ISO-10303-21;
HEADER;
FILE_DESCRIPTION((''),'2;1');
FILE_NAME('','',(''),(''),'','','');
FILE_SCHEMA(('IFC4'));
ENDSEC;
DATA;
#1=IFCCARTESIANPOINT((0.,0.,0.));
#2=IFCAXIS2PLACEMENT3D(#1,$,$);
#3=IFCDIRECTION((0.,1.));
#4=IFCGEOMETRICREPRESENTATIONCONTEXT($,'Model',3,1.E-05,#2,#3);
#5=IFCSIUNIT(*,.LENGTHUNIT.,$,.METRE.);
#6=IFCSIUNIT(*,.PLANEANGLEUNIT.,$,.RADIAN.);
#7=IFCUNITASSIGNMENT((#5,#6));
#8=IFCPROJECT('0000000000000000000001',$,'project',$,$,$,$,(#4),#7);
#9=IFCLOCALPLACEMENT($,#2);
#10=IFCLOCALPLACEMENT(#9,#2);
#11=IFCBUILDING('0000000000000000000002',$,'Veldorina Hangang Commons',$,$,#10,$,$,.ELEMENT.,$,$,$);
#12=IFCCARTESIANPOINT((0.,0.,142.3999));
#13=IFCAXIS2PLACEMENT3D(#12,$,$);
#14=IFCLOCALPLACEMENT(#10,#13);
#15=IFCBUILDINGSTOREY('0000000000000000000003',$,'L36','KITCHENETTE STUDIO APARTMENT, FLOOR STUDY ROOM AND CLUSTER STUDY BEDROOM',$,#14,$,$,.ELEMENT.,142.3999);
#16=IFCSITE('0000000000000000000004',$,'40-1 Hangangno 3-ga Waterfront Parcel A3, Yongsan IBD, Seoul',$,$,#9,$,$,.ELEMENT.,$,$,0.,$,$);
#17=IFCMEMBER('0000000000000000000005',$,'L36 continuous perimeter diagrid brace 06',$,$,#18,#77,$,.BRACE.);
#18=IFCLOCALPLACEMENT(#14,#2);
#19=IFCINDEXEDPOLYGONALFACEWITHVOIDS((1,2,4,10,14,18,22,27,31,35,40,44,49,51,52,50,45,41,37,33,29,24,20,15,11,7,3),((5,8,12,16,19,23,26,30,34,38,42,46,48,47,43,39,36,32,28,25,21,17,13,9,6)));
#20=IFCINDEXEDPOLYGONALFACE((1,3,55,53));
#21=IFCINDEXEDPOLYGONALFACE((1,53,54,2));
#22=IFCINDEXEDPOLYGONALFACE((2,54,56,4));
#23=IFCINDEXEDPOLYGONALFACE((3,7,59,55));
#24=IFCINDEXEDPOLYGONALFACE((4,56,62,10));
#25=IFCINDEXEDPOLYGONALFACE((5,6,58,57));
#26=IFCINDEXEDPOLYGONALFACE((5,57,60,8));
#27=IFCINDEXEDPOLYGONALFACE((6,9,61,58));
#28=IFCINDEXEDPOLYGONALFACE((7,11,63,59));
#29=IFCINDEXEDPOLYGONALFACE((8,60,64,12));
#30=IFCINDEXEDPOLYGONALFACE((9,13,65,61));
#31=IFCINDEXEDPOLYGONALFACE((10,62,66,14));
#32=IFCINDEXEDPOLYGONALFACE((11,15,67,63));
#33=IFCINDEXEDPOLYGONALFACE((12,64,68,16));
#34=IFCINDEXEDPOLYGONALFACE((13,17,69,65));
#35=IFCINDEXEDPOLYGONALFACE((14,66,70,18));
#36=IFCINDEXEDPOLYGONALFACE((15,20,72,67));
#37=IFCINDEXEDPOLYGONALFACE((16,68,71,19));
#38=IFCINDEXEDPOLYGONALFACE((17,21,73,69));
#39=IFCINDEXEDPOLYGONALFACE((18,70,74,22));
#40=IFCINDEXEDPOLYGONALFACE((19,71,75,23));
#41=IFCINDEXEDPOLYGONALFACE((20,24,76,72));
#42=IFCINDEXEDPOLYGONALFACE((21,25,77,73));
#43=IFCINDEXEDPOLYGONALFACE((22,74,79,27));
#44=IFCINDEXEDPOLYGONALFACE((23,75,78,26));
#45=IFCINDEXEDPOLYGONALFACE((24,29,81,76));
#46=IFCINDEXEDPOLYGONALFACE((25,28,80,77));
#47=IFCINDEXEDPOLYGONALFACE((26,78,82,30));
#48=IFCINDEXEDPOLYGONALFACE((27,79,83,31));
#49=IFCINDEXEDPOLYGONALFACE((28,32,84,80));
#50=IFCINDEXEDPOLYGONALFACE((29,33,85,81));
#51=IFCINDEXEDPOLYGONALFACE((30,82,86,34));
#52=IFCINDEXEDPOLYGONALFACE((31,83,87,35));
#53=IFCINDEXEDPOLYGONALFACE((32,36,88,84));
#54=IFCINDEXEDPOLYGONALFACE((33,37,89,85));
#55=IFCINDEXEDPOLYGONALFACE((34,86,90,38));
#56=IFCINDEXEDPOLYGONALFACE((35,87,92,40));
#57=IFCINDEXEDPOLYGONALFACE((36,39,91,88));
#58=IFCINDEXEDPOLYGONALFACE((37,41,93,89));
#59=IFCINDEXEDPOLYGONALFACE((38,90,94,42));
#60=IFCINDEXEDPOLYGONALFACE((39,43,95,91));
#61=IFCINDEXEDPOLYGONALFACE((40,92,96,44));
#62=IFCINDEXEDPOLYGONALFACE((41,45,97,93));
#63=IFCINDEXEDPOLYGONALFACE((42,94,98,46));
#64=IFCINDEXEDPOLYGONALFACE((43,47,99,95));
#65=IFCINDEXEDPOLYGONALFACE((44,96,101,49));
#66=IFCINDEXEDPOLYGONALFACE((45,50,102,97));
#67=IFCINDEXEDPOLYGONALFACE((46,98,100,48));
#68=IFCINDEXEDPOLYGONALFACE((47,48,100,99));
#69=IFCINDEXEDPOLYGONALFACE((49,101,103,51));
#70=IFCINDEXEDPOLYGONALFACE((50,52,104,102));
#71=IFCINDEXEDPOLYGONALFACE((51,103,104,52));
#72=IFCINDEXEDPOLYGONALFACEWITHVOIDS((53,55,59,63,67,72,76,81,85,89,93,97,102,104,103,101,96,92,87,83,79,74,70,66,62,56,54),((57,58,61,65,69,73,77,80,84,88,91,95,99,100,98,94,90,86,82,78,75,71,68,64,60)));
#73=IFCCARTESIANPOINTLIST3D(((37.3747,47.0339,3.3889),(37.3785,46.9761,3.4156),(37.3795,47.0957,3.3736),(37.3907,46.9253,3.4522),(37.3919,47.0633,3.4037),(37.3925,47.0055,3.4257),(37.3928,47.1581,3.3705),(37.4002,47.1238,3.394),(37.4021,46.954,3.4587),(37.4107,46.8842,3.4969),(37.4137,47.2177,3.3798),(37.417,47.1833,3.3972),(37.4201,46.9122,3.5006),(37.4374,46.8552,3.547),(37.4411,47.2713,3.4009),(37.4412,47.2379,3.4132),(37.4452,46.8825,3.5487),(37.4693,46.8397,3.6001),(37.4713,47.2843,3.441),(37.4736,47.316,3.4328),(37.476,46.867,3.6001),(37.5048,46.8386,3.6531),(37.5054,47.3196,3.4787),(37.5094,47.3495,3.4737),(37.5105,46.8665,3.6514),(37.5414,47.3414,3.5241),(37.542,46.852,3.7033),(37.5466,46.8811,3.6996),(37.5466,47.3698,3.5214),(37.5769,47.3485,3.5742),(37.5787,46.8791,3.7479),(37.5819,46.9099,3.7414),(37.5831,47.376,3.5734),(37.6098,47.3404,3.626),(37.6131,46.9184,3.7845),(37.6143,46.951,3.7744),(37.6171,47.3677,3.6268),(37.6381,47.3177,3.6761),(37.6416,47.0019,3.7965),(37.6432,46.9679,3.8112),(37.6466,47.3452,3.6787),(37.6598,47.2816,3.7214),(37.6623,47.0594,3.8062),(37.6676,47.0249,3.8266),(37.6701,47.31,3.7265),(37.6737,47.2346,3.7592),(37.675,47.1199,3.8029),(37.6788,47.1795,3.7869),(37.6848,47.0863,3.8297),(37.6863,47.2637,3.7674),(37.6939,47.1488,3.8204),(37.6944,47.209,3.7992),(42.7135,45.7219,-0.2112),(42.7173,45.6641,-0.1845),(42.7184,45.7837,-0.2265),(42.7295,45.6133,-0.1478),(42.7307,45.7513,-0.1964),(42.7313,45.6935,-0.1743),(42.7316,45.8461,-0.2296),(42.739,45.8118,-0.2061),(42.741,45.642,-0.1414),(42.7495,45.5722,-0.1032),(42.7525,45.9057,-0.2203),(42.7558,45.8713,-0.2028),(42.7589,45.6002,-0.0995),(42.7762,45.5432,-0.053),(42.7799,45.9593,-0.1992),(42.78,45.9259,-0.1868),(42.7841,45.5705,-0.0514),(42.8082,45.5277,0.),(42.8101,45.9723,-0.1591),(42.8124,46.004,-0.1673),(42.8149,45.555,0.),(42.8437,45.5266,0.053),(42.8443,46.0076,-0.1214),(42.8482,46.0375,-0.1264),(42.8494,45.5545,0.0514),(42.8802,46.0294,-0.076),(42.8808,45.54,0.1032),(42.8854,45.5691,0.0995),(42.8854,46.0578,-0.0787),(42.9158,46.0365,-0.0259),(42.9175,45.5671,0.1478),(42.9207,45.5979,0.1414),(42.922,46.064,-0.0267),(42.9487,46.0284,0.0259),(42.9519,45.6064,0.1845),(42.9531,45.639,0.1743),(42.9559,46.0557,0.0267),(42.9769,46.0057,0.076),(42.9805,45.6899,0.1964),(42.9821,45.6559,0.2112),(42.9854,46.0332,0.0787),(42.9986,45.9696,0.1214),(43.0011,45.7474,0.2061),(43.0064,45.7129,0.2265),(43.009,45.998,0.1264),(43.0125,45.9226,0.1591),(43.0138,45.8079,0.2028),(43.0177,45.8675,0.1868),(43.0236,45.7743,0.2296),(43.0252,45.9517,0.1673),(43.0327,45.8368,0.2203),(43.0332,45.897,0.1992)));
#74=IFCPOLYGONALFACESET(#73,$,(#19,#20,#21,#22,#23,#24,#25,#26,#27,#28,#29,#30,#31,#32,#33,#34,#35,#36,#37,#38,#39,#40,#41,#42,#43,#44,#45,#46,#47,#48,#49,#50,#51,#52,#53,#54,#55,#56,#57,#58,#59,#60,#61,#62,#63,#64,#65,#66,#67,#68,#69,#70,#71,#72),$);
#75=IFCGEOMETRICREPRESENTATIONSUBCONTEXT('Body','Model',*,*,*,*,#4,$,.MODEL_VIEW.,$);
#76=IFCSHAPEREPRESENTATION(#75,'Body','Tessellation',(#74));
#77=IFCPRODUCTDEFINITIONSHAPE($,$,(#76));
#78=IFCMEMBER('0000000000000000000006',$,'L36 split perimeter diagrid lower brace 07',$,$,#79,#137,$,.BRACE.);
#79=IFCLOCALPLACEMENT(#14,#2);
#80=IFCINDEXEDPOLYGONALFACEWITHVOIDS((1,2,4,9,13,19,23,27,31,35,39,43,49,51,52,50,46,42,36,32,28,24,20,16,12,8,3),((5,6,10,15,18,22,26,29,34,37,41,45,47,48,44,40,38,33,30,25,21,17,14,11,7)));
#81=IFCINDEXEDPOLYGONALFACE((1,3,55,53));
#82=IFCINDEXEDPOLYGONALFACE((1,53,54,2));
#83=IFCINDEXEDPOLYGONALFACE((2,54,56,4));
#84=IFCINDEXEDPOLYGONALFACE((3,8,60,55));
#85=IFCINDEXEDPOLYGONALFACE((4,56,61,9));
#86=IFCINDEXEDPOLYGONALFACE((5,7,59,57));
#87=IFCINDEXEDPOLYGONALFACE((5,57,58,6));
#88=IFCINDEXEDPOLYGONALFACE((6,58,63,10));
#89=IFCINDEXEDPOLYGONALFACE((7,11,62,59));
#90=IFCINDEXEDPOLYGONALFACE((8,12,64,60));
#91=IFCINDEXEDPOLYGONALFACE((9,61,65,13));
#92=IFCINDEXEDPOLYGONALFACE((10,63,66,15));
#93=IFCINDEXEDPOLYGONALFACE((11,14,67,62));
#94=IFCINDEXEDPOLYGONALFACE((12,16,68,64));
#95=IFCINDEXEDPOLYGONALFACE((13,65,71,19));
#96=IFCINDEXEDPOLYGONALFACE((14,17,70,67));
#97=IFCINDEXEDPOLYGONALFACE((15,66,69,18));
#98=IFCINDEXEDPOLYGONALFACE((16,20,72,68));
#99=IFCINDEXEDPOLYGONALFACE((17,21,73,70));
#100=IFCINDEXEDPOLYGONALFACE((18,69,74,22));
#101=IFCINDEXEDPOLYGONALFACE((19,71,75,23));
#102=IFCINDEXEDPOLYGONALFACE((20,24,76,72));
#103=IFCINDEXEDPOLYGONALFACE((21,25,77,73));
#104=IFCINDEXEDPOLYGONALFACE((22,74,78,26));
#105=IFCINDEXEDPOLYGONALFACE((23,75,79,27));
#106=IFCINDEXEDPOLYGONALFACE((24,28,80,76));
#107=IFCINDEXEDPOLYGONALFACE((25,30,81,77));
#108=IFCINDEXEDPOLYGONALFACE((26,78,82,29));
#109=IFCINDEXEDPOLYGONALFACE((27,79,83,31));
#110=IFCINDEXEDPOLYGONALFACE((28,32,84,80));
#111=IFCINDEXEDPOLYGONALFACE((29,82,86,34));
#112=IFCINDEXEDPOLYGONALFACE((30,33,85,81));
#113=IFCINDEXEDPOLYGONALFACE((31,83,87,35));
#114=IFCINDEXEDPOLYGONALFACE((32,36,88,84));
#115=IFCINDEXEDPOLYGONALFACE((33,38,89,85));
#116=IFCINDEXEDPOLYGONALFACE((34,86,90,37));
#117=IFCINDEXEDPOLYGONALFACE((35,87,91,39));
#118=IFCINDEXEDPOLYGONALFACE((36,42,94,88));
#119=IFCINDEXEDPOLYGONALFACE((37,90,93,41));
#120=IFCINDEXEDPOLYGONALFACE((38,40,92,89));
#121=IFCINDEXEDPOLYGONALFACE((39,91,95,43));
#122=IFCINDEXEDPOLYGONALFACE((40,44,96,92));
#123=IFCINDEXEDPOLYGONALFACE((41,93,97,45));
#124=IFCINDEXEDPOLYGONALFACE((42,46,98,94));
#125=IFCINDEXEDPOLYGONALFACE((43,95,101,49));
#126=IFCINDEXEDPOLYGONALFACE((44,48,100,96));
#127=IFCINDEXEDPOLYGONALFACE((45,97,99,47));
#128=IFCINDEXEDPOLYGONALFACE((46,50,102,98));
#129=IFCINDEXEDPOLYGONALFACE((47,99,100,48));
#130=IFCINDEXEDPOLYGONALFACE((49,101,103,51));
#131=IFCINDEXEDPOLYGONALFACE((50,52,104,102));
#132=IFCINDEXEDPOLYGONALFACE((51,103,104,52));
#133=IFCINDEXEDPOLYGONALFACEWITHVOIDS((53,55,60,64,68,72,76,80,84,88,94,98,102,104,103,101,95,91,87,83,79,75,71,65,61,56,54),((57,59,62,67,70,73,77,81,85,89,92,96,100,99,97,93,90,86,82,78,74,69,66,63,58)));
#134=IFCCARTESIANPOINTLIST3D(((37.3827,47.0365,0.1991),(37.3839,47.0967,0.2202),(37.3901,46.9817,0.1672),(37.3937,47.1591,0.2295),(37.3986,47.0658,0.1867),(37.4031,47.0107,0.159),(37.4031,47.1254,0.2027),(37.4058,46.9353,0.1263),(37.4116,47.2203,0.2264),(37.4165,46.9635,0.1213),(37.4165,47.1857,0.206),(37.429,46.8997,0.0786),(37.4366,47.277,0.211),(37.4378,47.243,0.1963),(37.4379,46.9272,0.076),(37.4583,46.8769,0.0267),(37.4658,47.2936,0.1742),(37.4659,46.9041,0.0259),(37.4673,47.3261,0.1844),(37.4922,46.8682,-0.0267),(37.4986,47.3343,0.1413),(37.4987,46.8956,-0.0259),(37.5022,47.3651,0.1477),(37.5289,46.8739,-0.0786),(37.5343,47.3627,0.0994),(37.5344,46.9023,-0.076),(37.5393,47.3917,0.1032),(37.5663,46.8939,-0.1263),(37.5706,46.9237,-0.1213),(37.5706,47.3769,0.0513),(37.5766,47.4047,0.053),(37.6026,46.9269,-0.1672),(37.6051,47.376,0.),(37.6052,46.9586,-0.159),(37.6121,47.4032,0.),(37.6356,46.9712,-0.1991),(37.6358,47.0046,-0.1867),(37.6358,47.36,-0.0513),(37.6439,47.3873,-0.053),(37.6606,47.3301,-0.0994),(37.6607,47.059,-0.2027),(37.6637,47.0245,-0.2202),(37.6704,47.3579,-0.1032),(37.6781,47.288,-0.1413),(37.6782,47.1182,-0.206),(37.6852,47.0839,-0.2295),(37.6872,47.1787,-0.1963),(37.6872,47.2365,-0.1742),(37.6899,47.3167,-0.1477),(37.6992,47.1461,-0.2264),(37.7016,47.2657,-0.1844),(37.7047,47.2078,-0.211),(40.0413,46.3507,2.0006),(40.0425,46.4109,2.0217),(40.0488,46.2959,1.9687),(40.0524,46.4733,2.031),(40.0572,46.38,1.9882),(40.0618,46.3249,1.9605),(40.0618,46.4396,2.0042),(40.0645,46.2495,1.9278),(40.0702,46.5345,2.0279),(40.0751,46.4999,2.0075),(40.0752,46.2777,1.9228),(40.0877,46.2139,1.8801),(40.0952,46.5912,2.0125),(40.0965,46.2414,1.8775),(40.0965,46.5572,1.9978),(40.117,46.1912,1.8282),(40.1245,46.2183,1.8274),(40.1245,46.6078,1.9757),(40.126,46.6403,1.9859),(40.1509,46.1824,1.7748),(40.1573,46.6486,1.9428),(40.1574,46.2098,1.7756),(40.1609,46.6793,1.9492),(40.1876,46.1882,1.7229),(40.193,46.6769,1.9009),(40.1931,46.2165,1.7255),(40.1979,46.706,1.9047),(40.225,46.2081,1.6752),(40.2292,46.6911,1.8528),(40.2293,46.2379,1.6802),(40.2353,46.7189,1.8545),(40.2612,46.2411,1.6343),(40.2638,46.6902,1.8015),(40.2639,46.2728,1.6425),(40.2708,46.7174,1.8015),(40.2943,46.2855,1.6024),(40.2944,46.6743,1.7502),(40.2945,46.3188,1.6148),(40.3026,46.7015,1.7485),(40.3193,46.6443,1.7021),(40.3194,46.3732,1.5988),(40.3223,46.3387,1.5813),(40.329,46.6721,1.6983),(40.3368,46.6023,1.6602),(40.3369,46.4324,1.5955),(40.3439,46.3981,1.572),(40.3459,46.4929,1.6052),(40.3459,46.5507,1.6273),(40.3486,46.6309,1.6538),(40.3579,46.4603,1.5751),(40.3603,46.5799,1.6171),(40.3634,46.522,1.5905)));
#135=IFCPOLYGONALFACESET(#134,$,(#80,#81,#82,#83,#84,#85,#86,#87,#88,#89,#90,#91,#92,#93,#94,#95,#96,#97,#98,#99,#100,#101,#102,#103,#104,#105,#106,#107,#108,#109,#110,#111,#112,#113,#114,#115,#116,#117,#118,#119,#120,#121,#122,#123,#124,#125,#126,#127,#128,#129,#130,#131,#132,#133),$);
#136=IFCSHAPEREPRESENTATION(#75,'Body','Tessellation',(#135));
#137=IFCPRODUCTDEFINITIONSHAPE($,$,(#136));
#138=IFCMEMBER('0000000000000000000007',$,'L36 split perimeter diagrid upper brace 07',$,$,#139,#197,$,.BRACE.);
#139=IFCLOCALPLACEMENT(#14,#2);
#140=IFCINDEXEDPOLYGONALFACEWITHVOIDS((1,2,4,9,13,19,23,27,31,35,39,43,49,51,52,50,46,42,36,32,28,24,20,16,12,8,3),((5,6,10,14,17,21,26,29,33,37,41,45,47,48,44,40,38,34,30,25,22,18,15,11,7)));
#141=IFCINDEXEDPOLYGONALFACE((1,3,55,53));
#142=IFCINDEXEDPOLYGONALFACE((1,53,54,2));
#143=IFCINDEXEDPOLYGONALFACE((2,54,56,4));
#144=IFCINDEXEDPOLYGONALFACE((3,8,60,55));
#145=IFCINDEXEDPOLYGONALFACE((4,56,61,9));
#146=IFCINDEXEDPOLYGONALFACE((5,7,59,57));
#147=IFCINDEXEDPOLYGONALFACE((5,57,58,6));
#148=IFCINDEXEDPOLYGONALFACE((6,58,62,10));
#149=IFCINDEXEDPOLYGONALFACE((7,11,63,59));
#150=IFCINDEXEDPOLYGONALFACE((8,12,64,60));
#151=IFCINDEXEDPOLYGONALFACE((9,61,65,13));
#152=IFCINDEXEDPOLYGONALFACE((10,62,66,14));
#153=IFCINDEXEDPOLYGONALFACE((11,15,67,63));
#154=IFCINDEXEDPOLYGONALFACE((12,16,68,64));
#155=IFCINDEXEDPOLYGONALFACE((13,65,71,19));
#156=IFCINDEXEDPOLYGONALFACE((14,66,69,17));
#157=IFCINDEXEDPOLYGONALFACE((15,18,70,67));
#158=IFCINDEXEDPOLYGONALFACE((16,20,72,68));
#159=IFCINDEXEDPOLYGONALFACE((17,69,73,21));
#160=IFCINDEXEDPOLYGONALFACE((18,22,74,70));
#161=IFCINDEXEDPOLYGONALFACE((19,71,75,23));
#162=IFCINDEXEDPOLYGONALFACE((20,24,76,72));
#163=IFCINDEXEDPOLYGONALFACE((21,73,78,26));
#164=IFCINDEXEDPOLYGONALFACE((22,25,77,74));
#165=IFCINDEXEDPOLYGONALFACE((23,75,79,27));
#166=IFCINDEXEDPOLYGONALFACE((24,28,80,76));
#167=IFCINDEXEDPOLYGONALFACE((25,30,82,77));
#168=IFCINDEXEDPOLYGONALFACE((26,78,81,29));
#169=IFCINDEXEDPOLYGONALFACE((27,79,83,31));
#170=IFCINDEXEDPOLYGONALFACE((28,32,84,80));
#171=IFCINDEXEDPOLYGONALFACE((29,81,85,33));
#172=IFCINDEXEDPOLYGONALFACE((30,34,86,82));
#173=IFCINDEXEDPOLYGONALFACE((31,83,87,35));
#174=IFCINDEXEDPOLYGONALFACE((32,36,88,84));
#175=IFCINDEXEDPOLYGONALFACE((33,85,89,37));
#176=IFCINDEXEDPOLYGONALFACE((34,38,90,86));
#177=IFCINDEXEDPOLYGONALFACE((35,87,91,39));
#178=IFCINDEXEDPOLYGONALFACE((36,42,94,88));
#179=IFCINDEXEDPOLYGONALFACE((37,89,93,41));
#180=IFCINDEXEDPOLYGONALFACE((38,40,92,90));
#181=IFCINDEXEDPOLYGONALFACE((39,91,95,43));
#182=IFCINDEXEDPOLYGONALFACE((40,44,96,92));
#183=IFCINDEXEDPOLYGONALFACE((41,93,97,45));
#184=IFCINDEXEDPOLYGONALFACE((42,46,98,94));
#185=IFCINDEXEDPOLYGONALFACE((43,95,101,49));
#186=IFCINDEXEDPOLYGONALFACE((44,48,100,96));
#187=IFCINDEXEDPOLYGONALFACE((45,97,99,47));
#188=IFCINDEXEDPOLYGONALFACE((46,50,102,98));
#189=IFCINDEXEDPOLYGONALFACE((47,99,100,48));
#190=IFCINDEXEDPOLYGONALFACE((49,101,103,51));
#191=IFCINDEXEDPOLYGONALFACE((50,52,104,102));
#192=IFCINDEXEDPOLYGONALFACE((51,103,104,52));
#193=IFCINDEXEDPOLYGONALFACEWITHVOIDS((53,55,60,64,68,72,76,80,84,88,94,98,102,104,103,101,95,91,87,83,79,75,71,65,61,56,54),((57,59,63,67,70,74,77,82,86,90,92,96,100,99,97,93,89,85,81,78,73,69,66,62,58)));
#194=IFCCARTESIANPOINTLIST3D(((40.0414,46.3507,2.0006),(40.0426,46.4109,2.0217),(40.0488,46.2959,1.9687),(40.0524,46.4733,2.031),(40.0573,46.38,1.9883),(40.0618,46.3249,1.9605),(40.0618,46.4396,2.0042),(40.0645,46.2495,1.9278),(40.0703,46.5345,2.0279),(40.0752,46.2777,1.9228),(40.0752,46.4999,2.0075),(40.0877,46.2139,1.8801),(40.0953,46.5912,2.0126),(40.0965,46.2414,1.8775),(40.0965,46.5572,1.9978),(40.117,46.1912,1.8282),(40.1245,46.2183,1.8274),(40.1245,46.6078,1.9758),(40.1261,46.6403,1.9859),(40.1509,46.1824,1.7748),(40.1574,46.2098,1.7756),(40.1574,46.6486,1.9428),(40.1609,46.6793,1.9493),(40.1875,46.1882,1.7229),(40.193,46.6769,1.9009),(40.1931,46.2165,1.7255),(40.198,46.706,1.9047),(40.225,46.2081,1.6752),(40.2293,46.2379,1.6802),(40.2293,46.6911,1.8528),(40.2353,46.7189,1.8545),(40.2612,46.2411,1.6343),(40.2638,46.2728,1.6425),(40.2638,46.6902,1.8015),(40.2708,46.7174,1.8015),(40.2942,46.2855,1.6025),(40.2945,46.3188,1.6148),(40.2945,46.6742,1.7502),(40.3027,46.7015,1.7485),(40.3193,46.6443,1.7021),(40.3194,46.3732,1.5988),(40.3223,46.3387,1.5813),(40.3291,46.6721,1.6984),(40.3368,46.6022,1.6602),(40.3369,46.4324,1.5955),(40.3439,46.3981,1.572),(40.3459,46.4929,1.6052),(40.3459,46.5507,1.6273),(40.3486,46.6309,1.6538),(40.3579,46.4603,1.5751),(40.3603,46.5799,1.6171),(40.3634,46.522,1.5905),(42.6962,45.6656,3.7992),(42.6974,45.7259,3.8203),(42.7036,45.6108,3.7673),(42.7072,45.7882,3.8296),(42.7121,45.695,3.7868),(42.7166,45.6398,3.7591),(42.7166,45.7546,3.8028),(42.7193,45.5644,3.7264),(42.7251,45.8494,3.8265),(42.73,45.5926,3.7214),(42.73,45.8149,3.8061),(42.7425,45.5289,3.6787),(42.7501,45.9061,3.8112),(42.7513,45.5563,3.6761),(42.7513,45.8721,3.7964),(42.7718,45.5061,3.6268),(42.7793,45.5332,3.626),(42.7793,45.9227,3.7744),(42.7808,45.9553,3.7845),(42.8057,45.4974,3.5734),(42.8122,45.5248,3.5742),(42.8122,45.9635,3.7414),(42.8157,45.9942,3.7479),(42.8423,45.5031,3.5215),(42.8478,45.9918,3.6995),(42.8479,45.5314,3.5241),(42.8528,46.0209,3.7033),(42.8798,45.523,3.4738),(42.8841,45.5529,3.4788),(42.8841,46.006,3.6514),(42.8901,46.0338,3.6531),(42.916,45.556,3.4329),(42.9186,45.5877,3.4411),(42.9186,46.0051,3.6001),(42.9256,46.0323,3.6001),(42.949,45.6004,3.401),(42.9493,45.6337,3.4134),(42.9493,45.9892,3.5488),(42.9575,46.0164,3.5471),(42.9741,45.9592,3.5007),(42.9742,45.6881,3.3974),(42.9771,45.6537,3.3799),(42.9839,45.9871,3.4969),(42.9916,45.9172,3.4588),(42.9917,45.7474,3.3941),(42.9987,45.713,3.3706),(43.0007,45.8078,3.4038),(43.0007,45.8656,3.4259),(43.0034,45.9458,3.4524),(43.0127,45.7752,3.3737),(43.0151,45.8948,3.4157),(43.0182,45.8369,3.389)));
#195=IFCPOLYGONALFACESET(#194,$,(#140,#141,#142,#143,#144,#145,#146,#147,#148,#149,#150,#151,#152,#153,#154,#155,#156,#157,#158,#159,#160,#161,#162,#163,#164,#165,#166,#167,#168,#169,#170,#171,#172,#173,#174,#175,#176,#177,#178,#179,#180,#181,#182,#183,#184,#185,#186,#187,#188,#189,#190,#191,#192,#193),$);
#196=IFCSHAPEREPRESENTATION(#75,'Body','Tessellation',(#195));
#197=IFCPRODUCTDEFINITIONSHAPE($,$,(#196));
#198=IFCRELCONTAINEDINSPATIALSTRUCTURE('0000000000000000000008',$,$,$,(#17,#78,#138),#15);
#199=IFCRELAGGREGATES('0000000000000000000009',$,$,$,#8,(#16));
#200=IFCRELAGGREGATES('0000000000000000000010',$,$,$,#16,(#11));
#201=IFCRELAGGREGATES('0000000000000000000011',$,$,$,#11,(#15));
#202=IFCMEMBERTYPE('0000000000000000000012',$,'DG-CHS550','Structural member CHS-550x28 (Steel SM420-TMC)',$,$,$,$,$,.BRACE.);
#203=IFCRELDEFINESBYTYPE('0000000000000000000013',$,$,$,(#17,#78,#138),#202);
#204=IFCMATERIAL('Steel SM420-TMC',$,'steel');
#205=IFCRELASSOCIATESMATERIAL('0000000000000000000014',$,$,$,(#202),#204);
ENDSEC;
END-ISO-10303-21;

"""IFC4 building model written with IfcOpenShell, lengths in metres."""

from ifc_helpers import new_model, si_unit, direction, frame, origin, origin_2d, place, context, subcontext, project, spatial, hollow_circle, extrude, material, material_profile, profile_set, type_object, element, save


model = new_model("IFC4")

# Units and contexts
model_context = context("Model", 3, precision=1e-05, world=origin(), true_north=direction((0.0, 1.0)))
body_context = subcontext(model_context, "Body", "Model", "MODEL_VIEW")
ifc_project = project(units=[si_unit("LENGTHUNIT", "METRE"), si_unit("PLANEANGLEUNIT", "RADIAN")], contexts=[model_context])

# Site, building, storey
site_placement = place(None, origin())
site = spatial("IfcSite", under=ifc_project, at=site_placement, Name="40-1 Hangangno 3-ga Waterfront Parcel A3, Yongsan IBD, Seoul", CompositionType="ELEMENT", RefElevation=0.0)
building_placement = place(site_placement, origin())
building = spatial("IfcBuilding", under=site, at=building_placement, Name="Veldorina Hangang Commons", CompositionType="ELEMENT")
storey_placement = place(building_placement, frame((0.0, 0.0, 142.3999)))
storey = spatial("IfcBuildingStorey", under=building, at=storey_placement, Name="L36", Description="KITCHENETTE STUDIO APARTMENT, FLOOR STUDY ROOM AND CLUSTER STUDY BEDROOM", CompositionType="ELEMENT", Elevation=142.3999)

# Shared definitions
ifc_material_1 = material(Name="Steel SM420-TMC", Category="steel")

# Members
ifc_material_profile_1 = material_profile(ifc_material_1, hollow_circle(Radius=0.2749, WallThickness=0.0281, at=origin_2d()), Name="CHS-550x28")
ifc_profile_set_1 = profile_set([ifc_material_profile_1], Name="Steel SM420-TMC")
member_type = type_object("IfcMemberType", Name="DG-CHS550", Description="Structural member CHS-550x28 (Steel SM420-TMC)", PredefinedType="BRACE", material=ifc_profile_set_1)
member_1_placement = place(storey_placement, frame((42.8738, 45.7947, 0.0), z_axis=(-0.812418, 0.19965, 0.547829), x_axis=(-0.238647, -0.971106, 0.0)))
element("IfcMember", 1, at=member_1_placement, inside=storey, type_object=member_type, Name="L36 continuous perimeter diagrid brace 06", PredefinedType="BRACE", context=body_context, shape_type="SweptSolid", body=[
    extrude(hollow_circle(Radius=0.2749, WallThickness=0.0281, at=origin_2d()), origin(), (0.0, 0.0, 1.0), 6.5715),
])
member_2_placement = place(storey_placement, frame((37.5435, 47.137, 0.0), z_axis=(0.809599, -0.20883, 0.548579), x_axis=(0.249768, 0.968306, 0.0)))
element("IfcMember", 2, at=member_2_placement, inside=storey, type_object=member_type, Name="L36 split perimeter diagrid lower brace 07", PredefinedType="BRACE", context=body_context, shape_type="SweptSolid", body=[
    extrude(hollow_circle(Radius=0.2749, WallThickness=0.0281, at=origin_2d()), origin(), (0.0, 0.0, 1.0), 3.2839),
])
member_3_placement = place(storey_placement, frame((40.2021, 46.4512, 1.8015), z_axis=(0.809623, -0.208921, 0.54851), x_axis=(0.249862, 0.968281, 0.0)))
element("IfcMember", 3, at=member_3_placement, inside=storey, type_object=member_type, Name="L36 split perimeter diagrid upper brace 07", PredefinedType="BRACE", context=body_context, shape_type="SweptSolid", body=[
    extrude(hollow_circle(Radius=0.2749, WallThickness=0.0281, at=origin_2d()), origin(), (0.0, 0.0, 1.0), 3.2791),
])

save(model, "model.ifc")
